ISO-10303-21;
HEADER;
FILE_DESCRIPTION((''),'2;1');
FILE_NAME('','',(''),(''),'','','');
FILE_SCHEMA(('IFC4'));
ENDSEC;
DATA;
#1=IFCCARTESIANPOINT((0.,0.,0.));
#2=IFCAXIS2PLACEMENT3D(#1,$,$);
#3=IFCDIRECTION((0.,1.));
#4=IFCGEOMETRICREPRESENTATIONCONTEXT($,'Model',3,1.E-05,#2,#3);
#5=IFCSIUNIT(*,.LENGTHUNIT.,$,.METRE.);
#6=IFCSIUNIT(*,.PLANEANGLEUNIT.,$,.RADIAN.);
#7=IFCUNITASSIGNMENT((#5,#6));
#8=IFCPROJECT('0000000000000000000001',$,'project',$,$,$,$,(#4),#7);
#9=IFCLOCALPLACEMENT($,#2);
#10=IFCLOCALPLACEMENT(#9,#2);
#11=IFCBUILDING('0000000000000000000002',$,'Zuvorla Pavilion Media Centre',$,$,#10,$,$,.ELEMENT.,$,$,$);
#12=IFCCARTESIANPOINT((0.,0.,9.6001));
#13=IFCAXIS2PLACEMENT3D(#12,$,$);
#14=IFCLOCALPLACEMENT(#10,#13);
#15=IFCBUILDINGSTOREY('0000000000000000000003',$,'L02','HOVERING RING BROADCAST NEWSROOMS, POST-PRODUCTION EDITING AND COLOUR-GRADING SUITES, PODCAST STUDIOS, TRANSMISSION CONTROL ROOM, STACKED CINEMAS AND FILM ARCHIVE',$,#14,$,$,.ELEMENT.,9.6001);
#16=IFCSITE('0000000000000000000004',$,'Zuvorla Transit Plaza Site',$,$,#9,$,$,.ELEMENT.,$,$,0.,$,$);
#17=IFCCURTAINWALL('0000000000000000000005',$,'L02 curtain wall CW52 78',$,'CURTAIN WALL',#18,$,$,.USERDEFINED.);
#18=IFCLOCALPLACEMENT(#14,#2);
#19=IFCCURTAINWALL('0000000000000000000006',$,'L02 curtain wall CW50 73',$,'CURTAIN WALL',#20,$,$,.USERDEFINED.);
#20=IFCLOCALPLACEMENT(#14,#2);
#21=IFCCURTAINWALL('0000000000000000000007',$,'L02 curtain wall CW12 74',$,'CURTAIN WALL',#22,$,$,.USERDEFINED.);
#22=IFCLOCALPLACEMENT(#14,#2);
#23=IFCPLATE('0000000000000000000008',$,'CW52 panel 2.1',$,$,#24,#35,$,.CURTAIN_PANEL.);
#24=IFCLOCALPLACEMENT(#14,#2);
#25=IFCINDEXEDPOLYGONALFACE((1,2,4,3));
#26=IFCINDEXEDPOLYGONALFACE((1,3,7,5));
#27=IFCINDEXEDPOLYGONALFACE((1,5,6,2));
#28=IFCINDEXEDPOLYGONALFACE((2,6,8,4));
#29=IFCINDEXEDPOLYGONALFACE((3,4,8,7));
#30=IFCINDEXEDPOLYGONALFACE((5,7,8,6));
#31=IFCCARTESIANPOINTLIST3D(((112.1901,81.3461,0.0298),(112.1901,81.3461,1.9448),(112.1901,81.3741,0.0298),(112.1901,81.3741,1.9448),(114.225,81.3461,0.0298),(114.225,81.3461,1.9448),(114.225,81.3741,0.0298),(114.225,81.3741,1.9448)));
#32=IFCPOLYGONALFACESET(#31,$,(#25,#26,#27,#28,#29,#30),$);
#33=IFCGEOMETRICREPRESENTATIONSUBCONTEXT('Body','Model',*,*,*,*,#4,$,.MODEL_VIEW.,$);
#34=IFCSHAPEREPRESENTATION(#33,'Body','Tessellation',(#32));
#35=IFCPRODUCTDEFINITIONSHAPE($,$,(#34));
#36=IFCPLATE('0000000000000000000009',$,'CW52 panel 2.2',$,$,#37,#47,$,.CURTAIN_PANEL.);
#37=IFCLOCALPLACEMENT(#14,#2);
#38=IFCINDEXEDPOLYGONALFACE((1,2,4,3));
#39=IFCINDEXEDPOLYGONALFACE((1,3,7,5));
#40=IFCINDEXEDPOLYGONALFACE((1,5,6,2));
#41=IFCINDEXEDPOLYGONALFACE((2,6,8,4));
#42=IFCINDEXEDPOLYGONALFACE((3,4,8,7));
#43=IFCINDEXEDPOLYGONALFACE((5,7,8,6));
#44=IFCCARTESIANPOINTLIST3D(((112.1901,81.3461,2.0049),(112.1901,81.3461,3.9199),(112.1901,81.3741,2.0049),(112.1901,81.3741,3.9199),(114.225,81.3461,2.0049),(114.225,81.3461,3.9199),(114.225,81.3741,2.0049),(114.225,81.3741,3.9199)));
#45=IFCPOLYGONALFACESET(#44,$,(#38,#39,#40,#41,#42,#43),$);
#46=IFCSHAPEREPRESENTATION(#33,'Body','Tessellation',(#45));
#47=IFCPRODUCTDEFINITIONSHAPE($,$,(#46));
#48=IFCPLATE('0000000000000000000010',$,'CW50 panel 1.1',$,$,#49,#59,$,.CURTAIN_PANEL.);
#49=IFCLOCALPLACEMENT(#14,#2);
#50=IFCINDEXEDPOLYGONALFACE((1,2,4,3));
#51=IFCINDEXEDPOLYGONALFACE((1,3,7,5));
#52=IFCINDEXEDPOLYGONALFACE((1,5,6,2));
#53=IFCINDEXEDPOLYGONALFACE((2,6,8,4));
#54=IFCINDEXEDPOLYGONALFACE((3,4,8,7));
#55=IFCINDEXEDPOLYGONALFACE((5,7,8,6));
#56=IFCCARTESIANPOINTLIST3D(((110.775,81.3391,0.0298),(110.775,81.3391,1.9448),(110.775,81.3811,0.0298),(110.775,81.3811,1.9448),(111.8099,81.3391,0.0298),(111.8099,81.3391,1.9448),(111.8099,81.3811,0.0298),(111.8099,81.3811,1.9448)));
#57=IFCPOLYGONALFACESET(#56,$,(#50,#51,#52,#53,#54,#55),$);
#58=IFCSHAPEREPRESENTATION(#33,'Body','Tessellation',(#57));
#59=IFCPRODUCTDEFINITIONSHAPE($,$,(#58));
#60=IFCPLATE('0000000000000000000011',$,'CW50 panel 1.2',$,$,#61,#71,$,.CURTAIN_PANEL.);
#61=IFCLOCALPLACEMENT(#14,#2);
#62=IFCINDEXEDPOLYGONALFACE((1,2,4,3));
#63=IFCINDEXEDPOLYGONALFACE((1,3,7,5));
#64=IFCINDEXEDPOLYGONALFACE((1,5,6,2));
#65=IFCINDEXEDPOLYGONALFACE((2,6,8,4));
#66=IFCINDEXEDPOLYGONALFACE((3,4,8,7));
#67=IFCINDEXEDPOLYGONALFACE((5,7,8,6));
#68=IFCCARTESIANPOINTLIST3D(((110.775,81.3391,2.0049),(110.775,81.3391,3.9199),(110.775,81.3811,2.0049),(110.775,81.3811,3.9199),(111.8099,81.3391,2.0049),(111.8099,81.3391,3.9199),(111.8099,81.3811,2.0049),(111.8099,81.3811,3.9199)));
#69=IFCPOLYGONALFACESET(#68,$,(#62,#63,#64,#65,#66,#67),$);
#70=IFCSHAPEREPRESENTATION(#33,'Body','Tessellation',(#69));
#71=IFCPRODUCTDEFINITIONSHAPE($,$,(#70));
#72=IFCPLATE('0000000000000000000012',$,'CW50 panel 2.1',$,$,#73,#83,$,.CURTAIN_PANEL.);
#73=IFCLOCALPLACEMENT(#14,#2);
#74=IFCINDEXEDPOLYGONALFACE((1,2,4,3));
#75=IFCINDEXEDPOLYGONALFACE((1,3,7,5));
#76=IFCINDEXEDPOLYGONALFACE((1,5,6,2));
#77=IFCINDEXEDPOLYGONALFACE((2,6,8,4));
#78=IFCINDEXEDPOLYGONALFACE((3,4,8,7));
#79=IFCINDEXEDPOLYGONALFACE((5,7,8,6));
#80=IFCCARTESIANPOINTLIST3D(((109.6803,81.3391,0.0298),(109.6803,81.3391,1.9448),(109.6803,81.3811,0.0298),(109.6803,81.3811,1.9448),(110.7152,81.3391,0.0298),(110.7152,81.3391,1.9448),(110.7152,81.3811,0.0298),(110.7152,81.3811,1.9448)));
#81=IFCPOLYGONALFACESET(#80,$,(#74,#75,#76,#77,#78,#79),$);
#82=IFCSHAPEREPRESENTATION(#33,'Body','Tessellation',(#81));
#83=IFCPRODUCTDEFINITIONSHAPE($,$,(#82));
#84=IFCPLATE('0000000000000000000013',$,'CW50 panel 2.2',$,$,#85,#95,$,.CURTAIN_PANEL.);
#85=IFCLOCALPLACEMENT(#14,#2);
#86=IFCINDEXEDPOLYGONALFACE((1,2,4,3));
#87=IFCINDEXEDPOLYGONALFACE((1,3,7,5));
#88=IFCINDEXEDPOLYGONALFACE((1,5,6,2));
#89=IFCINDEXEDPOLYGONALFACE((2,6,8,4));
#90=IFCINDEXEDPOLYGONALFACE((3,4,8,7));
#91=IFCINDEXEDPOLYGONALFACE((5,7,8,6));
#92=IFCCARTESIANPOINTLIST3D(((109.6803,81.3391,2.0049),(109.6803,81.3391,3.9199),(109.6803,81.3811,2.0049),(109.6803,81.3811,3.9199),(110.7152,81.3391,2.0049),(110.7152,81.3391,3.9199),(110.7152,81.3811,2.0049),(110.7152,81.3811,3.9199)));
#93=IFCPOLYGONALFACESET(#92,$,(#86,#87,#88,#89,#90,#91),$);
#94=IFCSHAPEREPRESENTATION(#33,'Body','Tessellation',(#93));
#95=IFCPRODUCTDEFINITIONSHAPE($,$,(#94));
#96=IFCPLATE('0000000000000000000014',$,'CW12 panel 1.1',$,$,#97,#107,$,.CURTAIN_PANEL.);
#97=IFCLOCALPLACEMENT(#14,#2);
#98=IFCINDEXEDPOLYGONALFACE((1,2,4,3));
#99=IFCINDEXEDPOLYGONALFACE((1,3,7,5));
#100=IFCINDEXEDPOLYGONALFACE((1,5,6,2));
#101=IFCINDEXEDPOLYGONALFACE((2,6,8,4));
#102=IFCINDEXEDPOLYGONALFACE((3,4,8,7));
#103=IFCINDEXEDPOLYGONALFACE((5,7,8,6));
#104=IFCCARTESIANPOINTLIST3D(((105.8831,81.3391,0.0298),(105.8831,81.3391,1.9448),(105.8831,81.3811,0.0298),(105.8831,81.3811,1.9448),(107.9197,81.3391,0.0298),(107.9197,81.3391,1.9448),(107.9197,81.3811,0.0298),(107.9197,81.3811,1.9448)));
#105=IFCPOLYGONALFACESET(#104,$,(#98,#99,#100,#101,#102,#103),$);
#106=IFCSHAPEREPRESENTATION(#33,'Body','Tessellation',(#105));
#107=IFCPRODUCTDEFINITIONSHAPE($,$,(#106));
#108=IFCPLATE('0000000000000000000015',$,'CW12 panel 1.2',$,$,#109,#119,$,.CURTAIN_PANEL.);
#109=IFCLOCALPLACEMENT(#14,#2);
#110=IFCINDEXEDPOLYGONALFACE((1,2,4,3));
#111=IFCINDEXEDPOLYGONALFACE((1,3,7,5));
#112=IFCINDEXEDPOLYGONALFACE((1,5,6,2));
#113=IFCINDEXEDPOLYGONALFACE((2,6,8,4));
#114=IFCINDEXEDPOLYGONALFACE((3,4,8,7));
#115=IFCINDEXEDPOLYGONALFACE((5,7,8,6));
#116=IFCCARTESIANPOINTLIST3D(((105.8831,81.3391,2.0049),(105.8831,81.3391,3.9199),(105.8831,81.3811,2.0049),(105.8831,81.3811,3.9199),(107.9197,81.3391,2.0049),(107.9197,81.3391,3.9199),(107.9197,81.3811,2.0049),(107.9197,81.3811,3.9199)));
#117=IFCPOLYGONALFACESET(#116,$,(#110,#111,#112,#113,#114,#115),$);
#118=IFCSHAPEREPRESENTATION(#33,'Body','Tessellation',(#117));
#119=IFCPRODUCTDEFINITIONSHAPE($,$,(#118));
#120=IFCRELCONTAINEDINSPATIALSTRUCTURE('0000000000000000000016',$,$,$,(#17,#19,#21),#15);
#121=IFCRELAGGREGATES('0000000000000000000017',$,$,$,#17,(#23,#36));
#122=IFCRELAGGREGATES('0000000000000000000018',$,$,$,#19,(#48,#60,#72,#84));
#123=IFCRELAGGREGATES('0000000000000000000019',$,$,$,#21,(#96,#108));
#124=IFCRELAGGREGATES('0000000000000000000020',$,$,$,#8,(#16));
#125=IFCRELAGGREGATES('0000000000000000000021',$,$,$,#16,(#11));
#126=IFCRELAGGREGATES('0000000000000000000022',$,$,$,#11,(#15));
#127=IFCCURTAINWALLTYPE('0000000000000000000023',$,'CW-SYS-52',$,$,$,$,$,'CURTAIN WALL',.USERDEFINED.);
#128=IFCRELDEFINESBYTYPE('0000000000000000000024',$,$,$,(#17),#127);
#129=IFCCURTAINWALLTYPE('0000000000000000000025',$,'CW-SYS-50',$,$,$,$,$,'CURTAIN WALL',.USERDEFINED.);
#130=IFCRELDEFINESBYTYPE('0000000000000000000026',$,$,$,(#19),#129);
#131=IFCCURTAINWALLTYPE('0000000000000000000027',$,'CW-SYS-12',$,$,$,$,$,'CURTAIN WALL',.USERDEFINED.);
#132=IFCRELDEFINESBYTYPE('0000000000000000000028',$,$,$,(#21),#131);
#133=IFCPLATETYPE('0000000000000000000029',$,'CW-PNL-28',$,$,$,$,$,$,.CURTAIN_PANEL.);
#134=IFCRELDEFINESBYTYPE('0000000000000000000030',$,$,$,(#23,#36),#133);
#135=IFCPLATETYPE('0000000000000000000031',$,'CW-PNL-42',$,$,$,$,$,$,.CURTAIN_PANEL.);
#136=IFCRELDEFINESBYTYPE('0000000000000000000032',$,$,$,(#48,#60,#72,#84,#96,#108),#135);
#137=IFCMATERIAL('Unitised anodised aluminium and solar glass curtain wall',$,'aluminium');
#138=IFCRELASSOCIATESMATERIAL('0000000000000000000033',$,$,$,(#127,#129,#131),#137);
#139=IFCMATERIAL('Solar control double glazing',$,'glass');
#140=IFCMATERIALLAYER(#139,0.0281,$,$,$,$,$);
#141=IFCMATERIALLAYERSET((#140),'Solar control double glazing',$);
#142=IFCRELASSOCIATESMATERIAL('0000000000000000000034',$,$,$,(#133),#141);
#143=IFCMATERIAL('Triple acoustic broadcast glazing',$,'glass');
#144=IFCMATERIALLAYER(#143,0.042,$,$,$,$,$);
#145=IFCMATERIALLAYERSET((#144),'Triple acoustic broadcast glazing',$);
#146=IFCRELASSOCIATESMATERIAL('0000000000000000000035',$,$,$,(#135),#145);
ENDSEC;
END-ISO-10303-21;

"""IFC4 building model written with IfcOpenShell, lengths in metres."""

from ifc_helpers import new_model, si_unit, direction, frame, origin, origin_2d, place, context, subcontext, project, spatial, rectangle, extrude, material, layer, layer_set, type_object, element, aggregate, save


model = new_model("IFC4")

# Units and contexts
model_context = context("Model", 3, precision=1e-05, world=origin(), true_north=direction((0.0, 1.0)))
body_context = subcontext(model_context, "Body", "Model", "MODEL_VIEW")
ifc_project = project(units=[si_unit("LENGTHUNIT", "METRE"), si_unit("PLANEANGLEUNIT", "RADIAN")], contexts=[model_context])

# Site, building, storey
site_placement = place(None, origin())
site = spatial("IfcSite", under=ifc_project, at=site_placement, Name="Zuvorla Transit Plaza Site", CompositionType="ELEMENT", RefElevation=0.0)
building_placement = place(site_placement, origin())
building = spatial("IfcBuilding", under=site, at=building_placement, Name="Zuvorla Pavilion Media Centre", CompositionType="ELEMENT")
storey_placement = place(building_placement, frame((0.0, 0.0, 9.6001)))
storey = spatial("IfcBuildingStorey", under=building, at=storey_placement, Name="L02", Description="HOVERING RING BROADCAST NEWSROOMS, POST-PRODUCTION EDITING AND COLOUR-GRADING SUITES, PODCAST STUDIOS, TRANSMISSION CONTROL ROOM, STACKED CINEMAS AND FILM ARCHIVE", CompositionType="ELEMENT", Elevation=9.6001)

# Curtain wall
ifc_material_1 = material(Name="Unitised anodised aluminium and solar glass curtain wall", Category="aluminium")
curtain_wall_type_1 = type_object("IfcCurtainWallType", Name="CW-SYS-52", ElementType="CURTAIN WALL", PredefinedType="USERDEFINED", material=ifc_material_1)
curtain_wall_1_placement = place(storey_placement, origin())
curtain_wall_1 = element("IfcCurtainWall", 1, at=curtain_wall_1_placement, inside=storey, type_object=curtain_wall_type_1, Name="L02 curtain wall CW52 78", ObjectType="CURTAIN WALL", PredefinedType="USERDEFINED")

# Curtain wall
curtain_wall_type_2 = type_object("IfcCurtainWallType", Name="CW-SYS-50", ElementType="CURTAIN WALL", PredefinedType="USERDEFINED", material=ifc_material_1)
curtain_wall_2_placement = place(storey_placement, origin())
curtain_wall_2 = element("IfcCurtainWall", 2, at=curtain_wall_2_placement, inside=storey, type_object=curtain_wall_type_2, Name="L02 curtain wall CW50 73", ObjectType="CURTAIN WALL", PredefinedType="USERDEFINED")

# Curtain wall
curtain_wall_type_3 = type_object("IfcCurtainWallType", Name="CW-SYS-12", ElementType="CURTAIN WALL", PredefinedType="USERDEFINED", material=ifc_material_1)
curtain_wall_3_placement = place(storey_placement, origin())
curtain_wall_3 = element("IfcCurtainWall", 3, at=curtain_wall_3_placement, inside=storey, type_object=curtain_wall_type_3, Name="L02 curtain wall CW12 74", ObjectType="CURTAIN WALL", PredefinedType="USERDEFINED")

# Plates
ifc_material_2 = material(Name="Solar control double glazing", Category="glass")
ifc_layer_1 = layer(ifc_material_2, 0.0281)
ifc_layer_set_1 = layer_set([ifc_layer_1], Name="Solar control double glazing")
plate_type_1 = type_object("IfcPlateType", Name="CW-PNL-28", PredefinedType="CURTAIN_PANEL", material=ifc_layer_set_1)
plate_1_placement = place(storey_placement, frame((113.2075, 81.3601, 0.0298), z_axis=(0.0, 0.0, 1.0), x_axis=(-1.0, 0.0, 0.0)))
plate_1 = element("IfcPlate", 4, at=plate_1_placement, type_object=plate_type_1, Name="CW52 panel 2.1", PredefinedType="CURTAIN_PANEL", context=body_context, shape_type="SweptSolid", body=[
    extrude(rectangle(XDim=2.0349, YDim=0.0281, at=origin_2d()), origin(), (0.0, 0.0, 1.0), 1.915),
])
plate_2_placement = place(storey_placement, frame((113.2075, 81.3601, 2.0049), z_axis=(0.0, 0.0, 1.0), x_axis=(-1.0, 0.0, 0.0)))
plate_2 = element("IfcPlate", 5, at=plate_2_placement, type_object=plate_type_1, Name="CW52 panel 2.2", PredefinedType="CURTAIN_PANEL", context=body_context, shape_type="SweptSolid", body=[
    extrude(rectangle(XDim=2.0349, YDim=0.0281, at=origin_2d()), origin(), (0.0, 0.0, 1.0), 1.915),
])
aggregate(curtain_wall_1, [plate_1, plate_2])
ifc_material_3 = material(Name="Triple acoustic broadcast glazing", Category="glass")
ifc_layer_2 = layer(ifc_material_3, 0.042)
ifc_layer_set_2 = layer_set([ifc_layer_2], Name="Triple acoustic broadcast glazing")
plate_type_2 = type_object("IfcPlateType", Name="CW-PNL-42", PredefinedType="CURTAIN_PANEL", material=ifc_layer_set_2)
plate_3_placement = place(storey_placement, frame((111.2925, 81.3601, 0.0298), z_axis=(0.0, 0.0, 1.0), x_axis=(-1.0, 0.0, 0.0)))
plate_3 = element("IfcPlate", 6, at=plate_3_placement, type_object=plate_type_2, Name="CW50 panel 1.1", PredefinedType="CURTAIN_PANEL", context=body_context, shape_type="SweptSolid", body=[
    extrude(rectangle(XDim=1.0349, YDim=0.042, at=origin_2d()), origin(), (0.0, 0.0, 1.0), 1.915),
])
plate_4_placement = place(storey_placement, frame((111.2925, 81.3601, 2.0049), z_axis=(0.0, 0.0, 1.0), x_axis=(-1.0, 0.0, 0.0)))
plate_4 = element("IfcPlate", 7, at=plate_4_placement, type_object=plate_type_2, Name="CW50 panel 1.2", PredefinedType="CURTAIN_PANEL", context=body_context, shape_type="SweptSolid", body=[
    extrude(rectangle(XDim=1.0349, YDim=0.042, at=origin_2d()), origin(), (0.0, 0.0, 1.0), 1.915),
])
plate_5_placement = place(storey_placement, frame((110.1978, 81.3601, 0.0298), z_axis=(0.0, 0.0, 1.0), x_axis=(-1.0, 0.0, 0.0)))
plate_5 = element("IfcPlate", 8, at=plate_5_placement, type_object=plate_type_2, Name="CW50 panel 2.1", PredefinedType="CURTAIN_PANEL", context=body_context, shape_type="SweptSolid", body=[
    extrude(rectangle(XDim=1.0349, YDim=0.042, at=origin_2d()), origin(), (0.0, 0.0, 1.0), 1.915),
])
plate_6_placement = place(storey_placement, frame((110.1978, 81.3601, 2.0049), z_axis=(0.0, 0.0, 1.0), x_axis=(-1.0, 0.0, 0.0)))
plate_6 = element("IfcPlate", 9, at=plate_6_placement, type_object=plate_type_2, Name="CW50 panel 2.2", PredefinedType="CURTAIN_PANEL", context=body_context, shape_type="SweptSolid", body=[
    extrude(rectangle(XDim=1.0349, YDim=0.042, at=origin_2d()), origin(), (0.0, 0.0, 1.0), 1.915),
])
aggregate(curtain_wall_2, [plate_3, plate_4, plate_5, plate_6])
plate_7_placement = place(storey_placement, frame((106.9014, 81.3601, 0.0298), z_axis=(0.0, 0.0, 1.0), x_axis=(-1.0, 0.0, 0.0)))
plate_7 = element("IfcPlate", 10, at=plate_7_placement, type_object=plate_type_2, Name="CW12 panel 1.1", PredefinedType="CURTAIN_PANEL", context=body_context, shape_type="SweptSolid", body=[
    extrude(rectangle(XDim=2.0366, YDim=0.042, at=origin_2d()), origin(), (0.0, 0.0, 1.0), 1.915),
])
plate_8_placement = place(storey_placement, frame((106.9014, 81.3601, 2.0049), z_axis=(0.0, 0.0, 1.0), x_axis=(-1.0, 0.0, 0.0)))
plate_8 = element("IfcPlate", 11, at=plate_8_placement, type_object=plate_type_2, Name="CW12 panel 1.2", PredefinedType="CURTAIN_PANEL", context=body_context, shape_type="SweptSolid", body=[
    extrude(rectangle(XDim=2.0366, YDim=0.042, at=origin_2d()), origin(), (0.0, 0.0, 1.0), 1.915),
])
aggregate(curtain_wall_3, [plate_7, plate_8])

save(model, "model.ifc")
